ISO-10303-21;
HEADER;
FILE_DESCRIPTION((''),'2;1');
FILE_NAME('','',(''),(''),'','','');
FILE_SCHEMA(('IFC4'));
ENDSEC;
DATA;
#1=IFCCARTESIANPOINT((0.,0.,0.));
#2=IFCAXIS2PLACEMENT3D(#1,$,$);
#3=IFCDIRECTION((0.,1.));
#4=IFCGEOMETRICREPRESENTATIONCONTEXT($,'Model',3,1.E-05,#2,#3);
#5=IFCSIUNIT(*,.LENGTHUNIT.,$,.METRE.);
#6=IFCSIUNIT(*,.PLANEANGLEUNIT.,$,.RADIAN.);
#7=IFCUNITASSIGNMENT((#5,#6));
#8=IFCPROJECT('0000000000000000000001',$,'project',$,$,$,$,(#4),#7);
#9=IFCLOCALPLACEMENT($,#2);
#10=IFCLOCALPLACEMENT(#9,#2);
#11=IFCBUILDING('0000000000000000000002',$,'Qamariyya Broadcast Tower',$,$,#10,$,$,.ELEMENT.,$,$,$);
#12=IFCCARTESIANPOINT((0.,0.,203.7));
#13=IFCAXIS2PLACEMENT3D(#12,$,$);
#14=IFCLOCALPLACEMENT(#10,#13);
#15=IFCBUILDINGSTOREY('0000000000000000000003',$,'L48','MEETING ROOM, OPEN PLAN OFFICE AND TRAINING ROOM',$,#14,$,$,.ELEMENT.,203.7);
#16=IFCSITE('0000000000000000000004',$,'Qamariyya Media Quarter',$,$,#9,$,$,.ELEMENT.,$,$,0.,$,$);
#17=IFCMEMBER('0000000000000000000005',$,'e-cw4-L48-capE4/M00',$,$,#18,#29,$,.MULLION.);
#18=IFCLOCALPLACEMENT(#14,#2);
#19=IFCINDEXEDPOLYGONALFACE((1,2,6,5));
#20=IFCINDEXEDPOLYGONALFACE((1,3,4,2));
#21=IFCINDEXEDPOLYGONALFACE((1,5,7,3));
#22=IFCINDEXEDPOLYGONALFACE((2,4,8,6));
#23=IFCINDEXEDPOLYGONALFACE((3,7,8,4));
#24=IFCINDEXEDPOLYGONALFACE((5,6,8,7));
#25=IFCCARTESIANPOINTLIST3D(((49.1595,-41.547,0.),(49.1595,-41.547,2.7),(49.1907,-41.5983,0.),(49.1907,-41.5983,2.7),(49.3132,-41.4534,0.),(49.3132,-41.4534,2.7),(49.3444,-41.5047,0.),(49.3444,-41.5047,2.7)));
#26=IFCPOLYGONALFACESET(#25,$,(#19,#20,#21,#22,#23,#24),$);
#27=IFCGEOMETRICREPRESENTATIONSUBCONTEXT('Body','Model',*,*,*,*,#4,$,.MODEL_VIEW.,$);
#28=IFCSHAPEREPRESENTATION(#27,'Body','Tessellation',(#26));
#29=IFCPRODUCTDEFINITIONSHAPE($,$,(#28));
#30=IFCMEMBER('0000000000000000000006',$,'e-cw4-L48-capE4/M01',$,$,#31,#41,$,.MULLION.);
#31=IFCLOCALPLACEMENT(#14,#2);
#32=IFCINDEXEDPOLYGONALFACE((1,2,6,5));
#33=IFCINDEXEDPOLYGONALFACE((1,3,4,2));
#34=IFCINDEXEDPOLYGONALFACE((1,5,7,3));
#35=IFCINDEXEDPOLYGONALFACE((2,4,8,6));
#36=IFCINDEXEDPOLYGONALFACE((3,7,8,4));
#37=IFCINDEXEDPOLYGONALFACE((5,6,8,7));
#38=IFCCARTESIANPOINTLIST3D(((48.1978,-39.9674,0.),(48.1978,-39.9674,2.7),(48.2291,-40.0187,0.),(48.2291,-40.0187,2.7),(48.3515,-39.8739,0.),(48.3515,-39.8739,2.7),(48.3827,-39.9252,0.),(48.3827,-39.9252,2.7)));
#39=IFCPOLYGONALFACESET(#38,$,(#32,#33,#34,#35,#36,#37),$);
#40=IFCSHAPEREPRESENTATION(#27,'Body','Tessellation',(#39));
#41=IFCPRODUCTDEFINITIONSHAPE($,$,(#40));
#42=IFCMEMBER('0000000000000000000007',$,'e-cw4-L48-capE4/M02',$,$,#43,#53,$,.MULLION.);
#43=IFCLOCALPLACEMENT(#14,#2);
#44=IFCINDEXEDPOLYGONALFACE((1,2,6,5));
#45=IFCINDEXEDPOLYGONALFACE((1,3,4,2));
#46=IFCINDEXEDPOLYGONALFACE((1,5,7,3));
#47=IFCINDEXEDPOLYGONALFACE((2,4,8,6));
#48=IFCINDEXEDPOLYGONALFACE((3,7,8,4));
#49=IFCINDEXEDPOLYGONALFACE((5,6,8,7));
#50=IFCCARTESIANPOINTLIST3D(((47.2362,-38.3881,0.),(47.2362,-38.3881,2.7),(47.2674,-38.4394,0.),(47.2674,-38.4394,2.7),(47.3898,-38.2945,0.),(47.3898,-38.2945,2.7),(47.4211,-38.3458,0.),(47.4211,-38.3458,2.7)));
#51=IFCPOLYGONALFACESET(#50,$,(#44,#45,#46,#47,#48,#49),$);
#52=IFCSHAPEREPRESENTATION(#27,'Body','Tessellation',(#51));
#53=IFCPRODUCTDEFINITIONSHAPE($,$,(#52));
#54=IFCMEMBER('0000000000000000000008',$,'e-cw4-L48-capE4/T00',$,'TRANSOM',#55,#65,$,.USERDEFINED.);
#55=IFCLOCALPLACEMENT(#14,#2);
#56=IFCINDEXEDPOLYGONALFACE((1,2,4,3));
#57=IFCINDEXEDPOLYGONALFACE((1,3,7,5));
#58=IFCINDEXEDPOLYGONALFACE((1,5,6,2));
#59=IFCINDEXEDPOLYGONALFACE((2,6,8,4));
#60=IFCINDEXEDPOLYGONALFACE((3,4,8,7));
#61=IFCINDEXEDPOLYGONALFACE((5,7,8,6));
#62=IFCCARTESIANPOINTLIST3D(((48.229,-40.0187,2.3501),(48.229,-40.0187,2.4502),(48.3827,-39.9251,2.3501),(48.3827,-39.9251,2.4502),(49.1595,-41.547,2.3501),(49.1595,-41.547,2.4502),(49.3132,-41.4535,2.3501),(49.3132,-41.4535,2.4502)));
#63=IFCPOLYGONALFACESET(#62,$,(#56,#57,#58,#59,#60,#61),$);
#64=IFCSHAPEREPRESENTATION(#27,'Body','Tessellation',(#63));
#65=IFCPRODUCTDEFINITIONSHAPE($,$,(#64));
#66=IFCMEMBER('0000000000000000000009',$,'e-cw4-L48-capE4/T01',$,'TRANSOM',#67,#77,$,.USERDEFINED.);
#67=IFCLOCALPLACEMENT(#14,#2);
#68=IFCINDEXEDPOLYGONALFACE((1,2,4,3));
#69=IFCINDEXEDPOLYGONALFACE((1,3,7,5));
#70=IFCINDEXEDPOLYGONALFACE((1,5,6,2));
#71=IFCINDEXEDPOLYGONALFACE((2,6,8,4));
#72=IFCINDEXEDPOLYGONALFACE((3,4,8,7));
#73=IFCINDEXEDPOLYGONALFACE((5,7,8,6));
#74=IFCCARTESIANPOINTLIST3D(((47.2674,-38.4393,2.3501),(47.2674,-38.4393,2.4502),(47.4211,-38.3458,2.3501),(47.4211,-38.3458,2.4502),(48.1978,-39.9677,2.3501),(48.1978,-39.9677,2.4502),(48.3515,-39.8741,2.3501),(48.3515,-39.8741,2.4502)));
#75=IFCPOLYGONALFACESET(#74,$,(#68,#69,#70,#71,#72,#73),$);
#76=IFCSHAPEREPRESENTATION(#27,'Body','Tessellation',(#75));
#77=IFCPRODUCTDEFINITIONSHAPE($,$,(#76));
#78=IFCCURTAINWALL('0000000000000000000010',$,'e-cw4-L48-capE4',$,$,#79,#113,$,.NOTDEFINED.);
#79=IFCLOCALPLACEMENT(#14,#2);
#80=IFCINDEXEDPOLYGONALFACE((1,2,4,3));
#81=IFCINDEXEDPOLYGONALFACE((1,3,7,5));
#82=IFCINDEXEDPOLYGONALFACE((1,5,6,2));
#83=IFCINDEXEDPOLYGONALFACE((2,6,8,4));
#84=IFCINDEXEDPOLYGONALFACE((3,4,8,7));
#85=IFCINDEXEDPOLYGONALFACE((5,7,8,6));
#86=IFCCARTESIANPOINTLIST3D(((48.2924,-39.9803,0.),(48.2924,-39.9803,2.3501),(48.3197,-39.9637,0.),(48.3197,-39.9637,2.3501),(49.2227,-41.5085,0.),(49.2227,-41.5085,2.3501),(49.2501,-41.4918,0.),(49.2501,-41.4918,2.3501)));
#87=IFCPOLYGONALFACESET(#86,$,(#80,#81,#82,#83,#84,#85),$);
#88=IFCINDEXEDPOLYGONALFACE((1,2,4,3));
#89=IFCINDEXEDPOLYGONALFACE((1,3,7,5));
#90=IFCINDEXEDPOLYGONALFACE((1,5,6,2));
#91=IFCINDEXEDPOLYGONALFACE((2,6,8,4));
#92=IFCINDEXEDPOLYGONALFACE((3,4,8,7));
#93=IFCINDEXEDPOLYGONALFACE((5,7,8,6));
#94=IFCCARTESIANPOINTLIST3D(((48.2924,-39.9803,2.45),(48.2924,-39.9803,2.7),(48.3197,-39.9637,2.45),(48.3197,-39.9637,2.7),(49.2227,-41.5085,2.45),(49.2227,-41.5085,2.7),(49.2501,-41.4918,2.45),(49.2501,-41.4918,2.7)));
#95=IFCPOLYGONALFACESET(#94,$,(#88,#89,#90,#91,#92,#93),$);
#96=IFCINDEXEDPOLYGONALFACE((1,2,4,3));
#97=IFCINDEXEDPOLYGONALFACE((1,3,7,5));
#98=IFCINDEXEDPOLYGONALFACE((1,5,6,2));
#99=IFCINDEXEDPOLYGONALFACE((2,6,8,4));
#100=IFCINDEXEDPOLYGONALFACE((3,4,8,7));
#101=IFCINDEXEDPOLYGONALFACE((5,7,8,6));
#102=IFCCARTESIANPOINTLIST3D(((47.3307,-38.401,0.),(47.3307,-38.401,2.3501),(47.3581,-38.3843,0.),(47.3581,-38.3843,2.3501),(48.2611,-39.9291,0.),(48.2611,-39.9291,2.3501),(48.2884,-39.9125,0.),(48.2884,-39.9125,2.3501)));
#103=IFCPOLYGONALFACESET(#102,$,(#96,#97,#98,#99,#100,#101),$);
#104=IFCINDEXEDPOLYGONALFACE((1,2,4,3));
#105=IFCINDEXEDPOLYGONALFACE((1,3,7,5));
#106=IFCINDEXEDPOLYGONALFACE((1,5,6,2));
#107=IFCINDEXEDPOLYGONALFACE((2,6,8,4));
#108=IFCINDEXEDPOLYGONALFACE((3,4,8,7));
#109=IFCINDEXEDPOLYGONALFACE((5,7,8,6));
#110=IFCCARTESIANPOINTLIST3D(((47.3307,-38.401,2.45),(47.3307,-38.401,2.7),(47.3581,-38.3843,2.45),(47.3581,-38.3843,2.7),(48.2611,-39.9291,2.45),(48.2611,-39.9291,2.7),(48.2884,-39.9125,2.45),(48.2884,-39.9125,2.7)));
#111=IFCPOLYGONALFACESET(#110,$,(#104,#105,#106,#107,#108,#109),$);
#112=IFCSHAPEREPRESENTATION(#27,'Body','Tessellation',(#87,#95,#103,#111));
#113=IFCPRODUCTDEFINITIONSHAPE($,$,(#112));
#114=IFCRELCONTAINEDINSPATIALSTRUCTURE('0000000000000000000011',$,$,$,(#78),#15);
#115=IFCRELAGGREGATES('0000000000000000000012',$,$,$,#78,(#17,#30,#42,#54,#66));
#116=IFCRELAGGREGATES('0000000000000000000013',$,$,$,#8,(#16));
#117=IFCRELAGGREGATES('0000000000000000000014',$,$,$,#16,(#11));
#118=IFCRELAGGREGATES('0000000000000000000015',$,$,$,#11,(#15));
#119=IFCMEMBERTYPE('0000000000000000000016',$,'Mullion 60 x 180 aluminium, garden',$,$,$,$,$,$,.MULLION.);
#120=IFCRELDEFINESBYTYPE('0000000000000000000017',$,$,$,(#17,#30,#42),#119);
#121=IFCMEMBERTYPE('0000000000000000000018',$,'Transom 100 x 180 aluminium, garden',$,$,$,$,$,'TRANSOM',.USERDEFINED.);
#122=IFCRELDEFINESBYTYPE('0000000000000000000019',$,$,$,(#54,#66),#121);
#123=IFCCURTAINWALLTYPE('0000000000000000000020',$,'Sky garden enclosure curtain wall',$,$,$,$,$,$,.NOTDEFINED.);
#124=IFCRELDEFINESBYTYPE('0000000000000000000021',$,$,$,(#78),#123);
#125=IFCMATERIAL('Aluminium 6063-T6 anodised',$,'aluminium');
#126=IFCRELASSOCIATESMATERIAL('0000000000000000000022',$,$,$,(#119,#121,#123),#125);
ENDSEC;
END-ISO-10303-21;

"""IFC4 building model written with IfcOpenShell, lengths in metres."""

from ifc_helpers import new_model, si_unit, direction, frame, origin, origin_2d, place, context, subcontext, project, spatial, rectangle, extrude, material, material_profile, profile_set, type_object, element, aggregate, save


model = new_model("IFC4")

# Units and contexts
model_context = context("Model", 3, precision=1e-05, world=origin(), true_north=direction((0.0, 1.0)))
body_context = subcontext(model_context, "Body", "Model", "MODEL_VIEW")
ifc_project = project(units=[si_unit("LENGTHUNIT", "METRE"), si_unit("PLANEANGLEUNIT", "RADIAN")], contexts=[model_context])

# Members
ifc_material = material(Name="Aluminium 6063-T6 anodised", Category="aluminium")
ifc_material_profile_1 = material_profile(ifc_material, rectangle(XDim=0.1799, YDim=0.0601, at=origin_2d()))
ifc_profile_set_1 = profile_set([ifc_material_profile_1], Name="Aluminium 6063-T6 anodised")
member_type_1 = type_object("IfcMemberType", Name="Mullion 60 x 180 aluminium, garden", PredefinedType="MULLION", material=ifc_profile_set_1)
site_placement = place(None, origin())
building_placement = place(site_placement, origin())
storey_placement = place(building_placement, frame((0.0, 0.0, 203.7)))
member_1_placement = place(storey_placement, frame((49.252, -41.5259, 0.0), z_axis=(0.0, 0.0, 1.0), x_axis=(-0.854167, -0.519998, 0.0)))
member_1 = element("IfcMember", 1, at=member_1_placement, type_object=member_type_1, Name="e-cw4-L48-capE4/M00", PredefinedType="MULLION", context=body_context, shape_type="SweptSolid", body=[
    extrude(rectangle(XDim=0.1799, YDim=0.0601, at=origin_2d()), origin(), (0.0, 0.0, 1.0), 2.7),
])
member_2_placement = place(storey_placement, frame((48.2903, -39.9463, 0.0), z_axis=(0.0, 0.0, 1.0), x_axis=(-0.854167, -0.519998, 0.0)))
member_2 = element("IfcMember", 2, at=member_2_placement, type_object=member_type_1, Name="e-cw4-L48-capE4/M01", PredefinedType="MULLION", context=body_context, shape_type="SweptSolid", body=[
    extrude(rectangle(XDim=0.1799, YDim=0.0601, at=origin_2d()), origin(), (0.0, 0.0, 1.0), 2.7),
])
member_3_placement = place(storey_placement, frame((47.3286, -38.3669, 0.0), z_axis=(0.0, 0.0, 1.0), x_axis=(-0.854167, -0.519998, 0.0)))
member_3 = element("IfcMember", 3, at=member_3_placement, type_object=member_type_1, Name="e-cw4-L48-capE4/M02", PredefinedType="MULLION", context=body_context, shape_type="SweptSolid", body=[
    extrude(rectangle(XDim=0.1799, YDim=0.0601, at=origin_2d()), origin(), (0.0, 0.0, 1.0), 2.7),
])
ifc_material_profile_2 = material_profile(ifc_material, rectangle(XDim=0.1799, YDim=0.1001, at=origin_2d()))
ifc_profile_set_2 = profile_set([ifc_material_profile_2], Name="Aluminium 6063-T6 anodised")
member_type_2 = type_object("IfcMemberType", Name="Transom 100 x 180 aluminium, garden", ElementType="TRANSOM", PredefinedType="USERDEFINED", material=ifc_profile_set_2)
member_4_placement = place(storey_placement, frame((49.2363, -41.5002, 2.4001), z_axis=(-0.520003, 0.854164, 0.0), x_axis=(-0.854164, -0.520003, 0.0)))
member_4 = element("IfcMember", 4, at=member_4_placement, type_object=member_type_2, Name="e-cw4-L48-capE4/T00", ObjectType="TRANSOM", PredefinedType="USERDEFINED", context=body_context, shape_type="SweptSolid", body=[
    extrude(rectangle(XDim=0.1799, YDim=0.1001, at=origin_2d()), origin(), (0.0, 0.0, 1.0), 1.7893),
])
member_5_placement = place(storey_placement, frame((48.2747, -39.9209, 2.4001), z_axis=(-0.520003, 0.854164, 0.0), x_axis=(-0.854164, -0.520003, 0.0)))
member_5 = element("IfcMember", 5, at=member_5_placement, type_object=member_type_2, Name="e-cw4-L48-capE4/T01", ObjectType="TRANSOM", PredefinedType="USERDEFINED", context=body_context, shape_type="SweptSolid", body=[
    extrude(rectangle(XDim=0.1799, YDim=0.1001, at=origin_2d()), origin(), (0.0, 0.0, 1.0), 1.7893),
])

# Site, building, storey
site = spatial("IfcSite", under=ifc_project, at=site_placement, Name="Qamariyya Media Quarter", CompositionType="ELEMENT", RefElevation=0.0)
building = spatial("IfcBuilding", under=site, at=building_placement, Name="Qamariyya Broadcast Tower", CompositionType="ELEMENT")
storey = spatial("IfcBuildingStorey", under=building, at=storey_placement, Name="L48", Description="MEETING ROOM, OPEN PLAN OFFICE AND TRAINING ROOM", CompositionType="ELEMENT", Elevation=203.7)

# Curtain wall
curtain_wall_type_1 = type_object("IfcCurtainWallType", Name="Sky garden enclosure curtain wall", PredefinedType="NOTDEFINED", material=ifc_material)
curtain_wall_1_placement = place(storey_placement, origin())
curtain_wall_1 = element("IfcCurtainWall", 6, at=curtain_wall_1_placement, inside=storey, type_object=curtain_wall_type_1, Name="e-cw4-L48-capE4", PredefinedType="NOTDEFINED", context=body_context, shape_type="SweptSolid", body=[
    extrude(rectangle(XDim=1.7891, YDim=0.032, at=origin_2d()), frame((48.7712, -40.7361, 0.0), x_axis=(-0.520007, 0.854162, 0.0)), (0.0, 0.0, 1.0), 2.3501),
    extrude(rectangle(XDim=1.7891, YDim=0.032, at=origin_2d()), frame((48.7712, -40.7361, 2.45), x_axis=(-0.520007, 0.854162, 0.0)), (0.0, 0.0, 1.0), 0.25),
    extrude(rectangle(XDim=1.7891, YDim=0.032, at=origin_2d()), frame((47.8096, -39.1567, 0.0), x_axis=(-0.520007, 0.854162, 0.0)), (0.0, 0.0, 1.0), 2.3501),
    extrude(rectangle(XDim=1.7891, YDim=0.032, at=origin_2d()), frame((47.8096, -39.1567, 2.45), x_axis=(-0.520007, 0.854162, 0.0)), (0.0, 0.0, 1.0), 0.25),
])
aggregate(curtain_wall_1, [member_1, member_2, member_3, member_4, member_5])

save(model, "model.ifc")
